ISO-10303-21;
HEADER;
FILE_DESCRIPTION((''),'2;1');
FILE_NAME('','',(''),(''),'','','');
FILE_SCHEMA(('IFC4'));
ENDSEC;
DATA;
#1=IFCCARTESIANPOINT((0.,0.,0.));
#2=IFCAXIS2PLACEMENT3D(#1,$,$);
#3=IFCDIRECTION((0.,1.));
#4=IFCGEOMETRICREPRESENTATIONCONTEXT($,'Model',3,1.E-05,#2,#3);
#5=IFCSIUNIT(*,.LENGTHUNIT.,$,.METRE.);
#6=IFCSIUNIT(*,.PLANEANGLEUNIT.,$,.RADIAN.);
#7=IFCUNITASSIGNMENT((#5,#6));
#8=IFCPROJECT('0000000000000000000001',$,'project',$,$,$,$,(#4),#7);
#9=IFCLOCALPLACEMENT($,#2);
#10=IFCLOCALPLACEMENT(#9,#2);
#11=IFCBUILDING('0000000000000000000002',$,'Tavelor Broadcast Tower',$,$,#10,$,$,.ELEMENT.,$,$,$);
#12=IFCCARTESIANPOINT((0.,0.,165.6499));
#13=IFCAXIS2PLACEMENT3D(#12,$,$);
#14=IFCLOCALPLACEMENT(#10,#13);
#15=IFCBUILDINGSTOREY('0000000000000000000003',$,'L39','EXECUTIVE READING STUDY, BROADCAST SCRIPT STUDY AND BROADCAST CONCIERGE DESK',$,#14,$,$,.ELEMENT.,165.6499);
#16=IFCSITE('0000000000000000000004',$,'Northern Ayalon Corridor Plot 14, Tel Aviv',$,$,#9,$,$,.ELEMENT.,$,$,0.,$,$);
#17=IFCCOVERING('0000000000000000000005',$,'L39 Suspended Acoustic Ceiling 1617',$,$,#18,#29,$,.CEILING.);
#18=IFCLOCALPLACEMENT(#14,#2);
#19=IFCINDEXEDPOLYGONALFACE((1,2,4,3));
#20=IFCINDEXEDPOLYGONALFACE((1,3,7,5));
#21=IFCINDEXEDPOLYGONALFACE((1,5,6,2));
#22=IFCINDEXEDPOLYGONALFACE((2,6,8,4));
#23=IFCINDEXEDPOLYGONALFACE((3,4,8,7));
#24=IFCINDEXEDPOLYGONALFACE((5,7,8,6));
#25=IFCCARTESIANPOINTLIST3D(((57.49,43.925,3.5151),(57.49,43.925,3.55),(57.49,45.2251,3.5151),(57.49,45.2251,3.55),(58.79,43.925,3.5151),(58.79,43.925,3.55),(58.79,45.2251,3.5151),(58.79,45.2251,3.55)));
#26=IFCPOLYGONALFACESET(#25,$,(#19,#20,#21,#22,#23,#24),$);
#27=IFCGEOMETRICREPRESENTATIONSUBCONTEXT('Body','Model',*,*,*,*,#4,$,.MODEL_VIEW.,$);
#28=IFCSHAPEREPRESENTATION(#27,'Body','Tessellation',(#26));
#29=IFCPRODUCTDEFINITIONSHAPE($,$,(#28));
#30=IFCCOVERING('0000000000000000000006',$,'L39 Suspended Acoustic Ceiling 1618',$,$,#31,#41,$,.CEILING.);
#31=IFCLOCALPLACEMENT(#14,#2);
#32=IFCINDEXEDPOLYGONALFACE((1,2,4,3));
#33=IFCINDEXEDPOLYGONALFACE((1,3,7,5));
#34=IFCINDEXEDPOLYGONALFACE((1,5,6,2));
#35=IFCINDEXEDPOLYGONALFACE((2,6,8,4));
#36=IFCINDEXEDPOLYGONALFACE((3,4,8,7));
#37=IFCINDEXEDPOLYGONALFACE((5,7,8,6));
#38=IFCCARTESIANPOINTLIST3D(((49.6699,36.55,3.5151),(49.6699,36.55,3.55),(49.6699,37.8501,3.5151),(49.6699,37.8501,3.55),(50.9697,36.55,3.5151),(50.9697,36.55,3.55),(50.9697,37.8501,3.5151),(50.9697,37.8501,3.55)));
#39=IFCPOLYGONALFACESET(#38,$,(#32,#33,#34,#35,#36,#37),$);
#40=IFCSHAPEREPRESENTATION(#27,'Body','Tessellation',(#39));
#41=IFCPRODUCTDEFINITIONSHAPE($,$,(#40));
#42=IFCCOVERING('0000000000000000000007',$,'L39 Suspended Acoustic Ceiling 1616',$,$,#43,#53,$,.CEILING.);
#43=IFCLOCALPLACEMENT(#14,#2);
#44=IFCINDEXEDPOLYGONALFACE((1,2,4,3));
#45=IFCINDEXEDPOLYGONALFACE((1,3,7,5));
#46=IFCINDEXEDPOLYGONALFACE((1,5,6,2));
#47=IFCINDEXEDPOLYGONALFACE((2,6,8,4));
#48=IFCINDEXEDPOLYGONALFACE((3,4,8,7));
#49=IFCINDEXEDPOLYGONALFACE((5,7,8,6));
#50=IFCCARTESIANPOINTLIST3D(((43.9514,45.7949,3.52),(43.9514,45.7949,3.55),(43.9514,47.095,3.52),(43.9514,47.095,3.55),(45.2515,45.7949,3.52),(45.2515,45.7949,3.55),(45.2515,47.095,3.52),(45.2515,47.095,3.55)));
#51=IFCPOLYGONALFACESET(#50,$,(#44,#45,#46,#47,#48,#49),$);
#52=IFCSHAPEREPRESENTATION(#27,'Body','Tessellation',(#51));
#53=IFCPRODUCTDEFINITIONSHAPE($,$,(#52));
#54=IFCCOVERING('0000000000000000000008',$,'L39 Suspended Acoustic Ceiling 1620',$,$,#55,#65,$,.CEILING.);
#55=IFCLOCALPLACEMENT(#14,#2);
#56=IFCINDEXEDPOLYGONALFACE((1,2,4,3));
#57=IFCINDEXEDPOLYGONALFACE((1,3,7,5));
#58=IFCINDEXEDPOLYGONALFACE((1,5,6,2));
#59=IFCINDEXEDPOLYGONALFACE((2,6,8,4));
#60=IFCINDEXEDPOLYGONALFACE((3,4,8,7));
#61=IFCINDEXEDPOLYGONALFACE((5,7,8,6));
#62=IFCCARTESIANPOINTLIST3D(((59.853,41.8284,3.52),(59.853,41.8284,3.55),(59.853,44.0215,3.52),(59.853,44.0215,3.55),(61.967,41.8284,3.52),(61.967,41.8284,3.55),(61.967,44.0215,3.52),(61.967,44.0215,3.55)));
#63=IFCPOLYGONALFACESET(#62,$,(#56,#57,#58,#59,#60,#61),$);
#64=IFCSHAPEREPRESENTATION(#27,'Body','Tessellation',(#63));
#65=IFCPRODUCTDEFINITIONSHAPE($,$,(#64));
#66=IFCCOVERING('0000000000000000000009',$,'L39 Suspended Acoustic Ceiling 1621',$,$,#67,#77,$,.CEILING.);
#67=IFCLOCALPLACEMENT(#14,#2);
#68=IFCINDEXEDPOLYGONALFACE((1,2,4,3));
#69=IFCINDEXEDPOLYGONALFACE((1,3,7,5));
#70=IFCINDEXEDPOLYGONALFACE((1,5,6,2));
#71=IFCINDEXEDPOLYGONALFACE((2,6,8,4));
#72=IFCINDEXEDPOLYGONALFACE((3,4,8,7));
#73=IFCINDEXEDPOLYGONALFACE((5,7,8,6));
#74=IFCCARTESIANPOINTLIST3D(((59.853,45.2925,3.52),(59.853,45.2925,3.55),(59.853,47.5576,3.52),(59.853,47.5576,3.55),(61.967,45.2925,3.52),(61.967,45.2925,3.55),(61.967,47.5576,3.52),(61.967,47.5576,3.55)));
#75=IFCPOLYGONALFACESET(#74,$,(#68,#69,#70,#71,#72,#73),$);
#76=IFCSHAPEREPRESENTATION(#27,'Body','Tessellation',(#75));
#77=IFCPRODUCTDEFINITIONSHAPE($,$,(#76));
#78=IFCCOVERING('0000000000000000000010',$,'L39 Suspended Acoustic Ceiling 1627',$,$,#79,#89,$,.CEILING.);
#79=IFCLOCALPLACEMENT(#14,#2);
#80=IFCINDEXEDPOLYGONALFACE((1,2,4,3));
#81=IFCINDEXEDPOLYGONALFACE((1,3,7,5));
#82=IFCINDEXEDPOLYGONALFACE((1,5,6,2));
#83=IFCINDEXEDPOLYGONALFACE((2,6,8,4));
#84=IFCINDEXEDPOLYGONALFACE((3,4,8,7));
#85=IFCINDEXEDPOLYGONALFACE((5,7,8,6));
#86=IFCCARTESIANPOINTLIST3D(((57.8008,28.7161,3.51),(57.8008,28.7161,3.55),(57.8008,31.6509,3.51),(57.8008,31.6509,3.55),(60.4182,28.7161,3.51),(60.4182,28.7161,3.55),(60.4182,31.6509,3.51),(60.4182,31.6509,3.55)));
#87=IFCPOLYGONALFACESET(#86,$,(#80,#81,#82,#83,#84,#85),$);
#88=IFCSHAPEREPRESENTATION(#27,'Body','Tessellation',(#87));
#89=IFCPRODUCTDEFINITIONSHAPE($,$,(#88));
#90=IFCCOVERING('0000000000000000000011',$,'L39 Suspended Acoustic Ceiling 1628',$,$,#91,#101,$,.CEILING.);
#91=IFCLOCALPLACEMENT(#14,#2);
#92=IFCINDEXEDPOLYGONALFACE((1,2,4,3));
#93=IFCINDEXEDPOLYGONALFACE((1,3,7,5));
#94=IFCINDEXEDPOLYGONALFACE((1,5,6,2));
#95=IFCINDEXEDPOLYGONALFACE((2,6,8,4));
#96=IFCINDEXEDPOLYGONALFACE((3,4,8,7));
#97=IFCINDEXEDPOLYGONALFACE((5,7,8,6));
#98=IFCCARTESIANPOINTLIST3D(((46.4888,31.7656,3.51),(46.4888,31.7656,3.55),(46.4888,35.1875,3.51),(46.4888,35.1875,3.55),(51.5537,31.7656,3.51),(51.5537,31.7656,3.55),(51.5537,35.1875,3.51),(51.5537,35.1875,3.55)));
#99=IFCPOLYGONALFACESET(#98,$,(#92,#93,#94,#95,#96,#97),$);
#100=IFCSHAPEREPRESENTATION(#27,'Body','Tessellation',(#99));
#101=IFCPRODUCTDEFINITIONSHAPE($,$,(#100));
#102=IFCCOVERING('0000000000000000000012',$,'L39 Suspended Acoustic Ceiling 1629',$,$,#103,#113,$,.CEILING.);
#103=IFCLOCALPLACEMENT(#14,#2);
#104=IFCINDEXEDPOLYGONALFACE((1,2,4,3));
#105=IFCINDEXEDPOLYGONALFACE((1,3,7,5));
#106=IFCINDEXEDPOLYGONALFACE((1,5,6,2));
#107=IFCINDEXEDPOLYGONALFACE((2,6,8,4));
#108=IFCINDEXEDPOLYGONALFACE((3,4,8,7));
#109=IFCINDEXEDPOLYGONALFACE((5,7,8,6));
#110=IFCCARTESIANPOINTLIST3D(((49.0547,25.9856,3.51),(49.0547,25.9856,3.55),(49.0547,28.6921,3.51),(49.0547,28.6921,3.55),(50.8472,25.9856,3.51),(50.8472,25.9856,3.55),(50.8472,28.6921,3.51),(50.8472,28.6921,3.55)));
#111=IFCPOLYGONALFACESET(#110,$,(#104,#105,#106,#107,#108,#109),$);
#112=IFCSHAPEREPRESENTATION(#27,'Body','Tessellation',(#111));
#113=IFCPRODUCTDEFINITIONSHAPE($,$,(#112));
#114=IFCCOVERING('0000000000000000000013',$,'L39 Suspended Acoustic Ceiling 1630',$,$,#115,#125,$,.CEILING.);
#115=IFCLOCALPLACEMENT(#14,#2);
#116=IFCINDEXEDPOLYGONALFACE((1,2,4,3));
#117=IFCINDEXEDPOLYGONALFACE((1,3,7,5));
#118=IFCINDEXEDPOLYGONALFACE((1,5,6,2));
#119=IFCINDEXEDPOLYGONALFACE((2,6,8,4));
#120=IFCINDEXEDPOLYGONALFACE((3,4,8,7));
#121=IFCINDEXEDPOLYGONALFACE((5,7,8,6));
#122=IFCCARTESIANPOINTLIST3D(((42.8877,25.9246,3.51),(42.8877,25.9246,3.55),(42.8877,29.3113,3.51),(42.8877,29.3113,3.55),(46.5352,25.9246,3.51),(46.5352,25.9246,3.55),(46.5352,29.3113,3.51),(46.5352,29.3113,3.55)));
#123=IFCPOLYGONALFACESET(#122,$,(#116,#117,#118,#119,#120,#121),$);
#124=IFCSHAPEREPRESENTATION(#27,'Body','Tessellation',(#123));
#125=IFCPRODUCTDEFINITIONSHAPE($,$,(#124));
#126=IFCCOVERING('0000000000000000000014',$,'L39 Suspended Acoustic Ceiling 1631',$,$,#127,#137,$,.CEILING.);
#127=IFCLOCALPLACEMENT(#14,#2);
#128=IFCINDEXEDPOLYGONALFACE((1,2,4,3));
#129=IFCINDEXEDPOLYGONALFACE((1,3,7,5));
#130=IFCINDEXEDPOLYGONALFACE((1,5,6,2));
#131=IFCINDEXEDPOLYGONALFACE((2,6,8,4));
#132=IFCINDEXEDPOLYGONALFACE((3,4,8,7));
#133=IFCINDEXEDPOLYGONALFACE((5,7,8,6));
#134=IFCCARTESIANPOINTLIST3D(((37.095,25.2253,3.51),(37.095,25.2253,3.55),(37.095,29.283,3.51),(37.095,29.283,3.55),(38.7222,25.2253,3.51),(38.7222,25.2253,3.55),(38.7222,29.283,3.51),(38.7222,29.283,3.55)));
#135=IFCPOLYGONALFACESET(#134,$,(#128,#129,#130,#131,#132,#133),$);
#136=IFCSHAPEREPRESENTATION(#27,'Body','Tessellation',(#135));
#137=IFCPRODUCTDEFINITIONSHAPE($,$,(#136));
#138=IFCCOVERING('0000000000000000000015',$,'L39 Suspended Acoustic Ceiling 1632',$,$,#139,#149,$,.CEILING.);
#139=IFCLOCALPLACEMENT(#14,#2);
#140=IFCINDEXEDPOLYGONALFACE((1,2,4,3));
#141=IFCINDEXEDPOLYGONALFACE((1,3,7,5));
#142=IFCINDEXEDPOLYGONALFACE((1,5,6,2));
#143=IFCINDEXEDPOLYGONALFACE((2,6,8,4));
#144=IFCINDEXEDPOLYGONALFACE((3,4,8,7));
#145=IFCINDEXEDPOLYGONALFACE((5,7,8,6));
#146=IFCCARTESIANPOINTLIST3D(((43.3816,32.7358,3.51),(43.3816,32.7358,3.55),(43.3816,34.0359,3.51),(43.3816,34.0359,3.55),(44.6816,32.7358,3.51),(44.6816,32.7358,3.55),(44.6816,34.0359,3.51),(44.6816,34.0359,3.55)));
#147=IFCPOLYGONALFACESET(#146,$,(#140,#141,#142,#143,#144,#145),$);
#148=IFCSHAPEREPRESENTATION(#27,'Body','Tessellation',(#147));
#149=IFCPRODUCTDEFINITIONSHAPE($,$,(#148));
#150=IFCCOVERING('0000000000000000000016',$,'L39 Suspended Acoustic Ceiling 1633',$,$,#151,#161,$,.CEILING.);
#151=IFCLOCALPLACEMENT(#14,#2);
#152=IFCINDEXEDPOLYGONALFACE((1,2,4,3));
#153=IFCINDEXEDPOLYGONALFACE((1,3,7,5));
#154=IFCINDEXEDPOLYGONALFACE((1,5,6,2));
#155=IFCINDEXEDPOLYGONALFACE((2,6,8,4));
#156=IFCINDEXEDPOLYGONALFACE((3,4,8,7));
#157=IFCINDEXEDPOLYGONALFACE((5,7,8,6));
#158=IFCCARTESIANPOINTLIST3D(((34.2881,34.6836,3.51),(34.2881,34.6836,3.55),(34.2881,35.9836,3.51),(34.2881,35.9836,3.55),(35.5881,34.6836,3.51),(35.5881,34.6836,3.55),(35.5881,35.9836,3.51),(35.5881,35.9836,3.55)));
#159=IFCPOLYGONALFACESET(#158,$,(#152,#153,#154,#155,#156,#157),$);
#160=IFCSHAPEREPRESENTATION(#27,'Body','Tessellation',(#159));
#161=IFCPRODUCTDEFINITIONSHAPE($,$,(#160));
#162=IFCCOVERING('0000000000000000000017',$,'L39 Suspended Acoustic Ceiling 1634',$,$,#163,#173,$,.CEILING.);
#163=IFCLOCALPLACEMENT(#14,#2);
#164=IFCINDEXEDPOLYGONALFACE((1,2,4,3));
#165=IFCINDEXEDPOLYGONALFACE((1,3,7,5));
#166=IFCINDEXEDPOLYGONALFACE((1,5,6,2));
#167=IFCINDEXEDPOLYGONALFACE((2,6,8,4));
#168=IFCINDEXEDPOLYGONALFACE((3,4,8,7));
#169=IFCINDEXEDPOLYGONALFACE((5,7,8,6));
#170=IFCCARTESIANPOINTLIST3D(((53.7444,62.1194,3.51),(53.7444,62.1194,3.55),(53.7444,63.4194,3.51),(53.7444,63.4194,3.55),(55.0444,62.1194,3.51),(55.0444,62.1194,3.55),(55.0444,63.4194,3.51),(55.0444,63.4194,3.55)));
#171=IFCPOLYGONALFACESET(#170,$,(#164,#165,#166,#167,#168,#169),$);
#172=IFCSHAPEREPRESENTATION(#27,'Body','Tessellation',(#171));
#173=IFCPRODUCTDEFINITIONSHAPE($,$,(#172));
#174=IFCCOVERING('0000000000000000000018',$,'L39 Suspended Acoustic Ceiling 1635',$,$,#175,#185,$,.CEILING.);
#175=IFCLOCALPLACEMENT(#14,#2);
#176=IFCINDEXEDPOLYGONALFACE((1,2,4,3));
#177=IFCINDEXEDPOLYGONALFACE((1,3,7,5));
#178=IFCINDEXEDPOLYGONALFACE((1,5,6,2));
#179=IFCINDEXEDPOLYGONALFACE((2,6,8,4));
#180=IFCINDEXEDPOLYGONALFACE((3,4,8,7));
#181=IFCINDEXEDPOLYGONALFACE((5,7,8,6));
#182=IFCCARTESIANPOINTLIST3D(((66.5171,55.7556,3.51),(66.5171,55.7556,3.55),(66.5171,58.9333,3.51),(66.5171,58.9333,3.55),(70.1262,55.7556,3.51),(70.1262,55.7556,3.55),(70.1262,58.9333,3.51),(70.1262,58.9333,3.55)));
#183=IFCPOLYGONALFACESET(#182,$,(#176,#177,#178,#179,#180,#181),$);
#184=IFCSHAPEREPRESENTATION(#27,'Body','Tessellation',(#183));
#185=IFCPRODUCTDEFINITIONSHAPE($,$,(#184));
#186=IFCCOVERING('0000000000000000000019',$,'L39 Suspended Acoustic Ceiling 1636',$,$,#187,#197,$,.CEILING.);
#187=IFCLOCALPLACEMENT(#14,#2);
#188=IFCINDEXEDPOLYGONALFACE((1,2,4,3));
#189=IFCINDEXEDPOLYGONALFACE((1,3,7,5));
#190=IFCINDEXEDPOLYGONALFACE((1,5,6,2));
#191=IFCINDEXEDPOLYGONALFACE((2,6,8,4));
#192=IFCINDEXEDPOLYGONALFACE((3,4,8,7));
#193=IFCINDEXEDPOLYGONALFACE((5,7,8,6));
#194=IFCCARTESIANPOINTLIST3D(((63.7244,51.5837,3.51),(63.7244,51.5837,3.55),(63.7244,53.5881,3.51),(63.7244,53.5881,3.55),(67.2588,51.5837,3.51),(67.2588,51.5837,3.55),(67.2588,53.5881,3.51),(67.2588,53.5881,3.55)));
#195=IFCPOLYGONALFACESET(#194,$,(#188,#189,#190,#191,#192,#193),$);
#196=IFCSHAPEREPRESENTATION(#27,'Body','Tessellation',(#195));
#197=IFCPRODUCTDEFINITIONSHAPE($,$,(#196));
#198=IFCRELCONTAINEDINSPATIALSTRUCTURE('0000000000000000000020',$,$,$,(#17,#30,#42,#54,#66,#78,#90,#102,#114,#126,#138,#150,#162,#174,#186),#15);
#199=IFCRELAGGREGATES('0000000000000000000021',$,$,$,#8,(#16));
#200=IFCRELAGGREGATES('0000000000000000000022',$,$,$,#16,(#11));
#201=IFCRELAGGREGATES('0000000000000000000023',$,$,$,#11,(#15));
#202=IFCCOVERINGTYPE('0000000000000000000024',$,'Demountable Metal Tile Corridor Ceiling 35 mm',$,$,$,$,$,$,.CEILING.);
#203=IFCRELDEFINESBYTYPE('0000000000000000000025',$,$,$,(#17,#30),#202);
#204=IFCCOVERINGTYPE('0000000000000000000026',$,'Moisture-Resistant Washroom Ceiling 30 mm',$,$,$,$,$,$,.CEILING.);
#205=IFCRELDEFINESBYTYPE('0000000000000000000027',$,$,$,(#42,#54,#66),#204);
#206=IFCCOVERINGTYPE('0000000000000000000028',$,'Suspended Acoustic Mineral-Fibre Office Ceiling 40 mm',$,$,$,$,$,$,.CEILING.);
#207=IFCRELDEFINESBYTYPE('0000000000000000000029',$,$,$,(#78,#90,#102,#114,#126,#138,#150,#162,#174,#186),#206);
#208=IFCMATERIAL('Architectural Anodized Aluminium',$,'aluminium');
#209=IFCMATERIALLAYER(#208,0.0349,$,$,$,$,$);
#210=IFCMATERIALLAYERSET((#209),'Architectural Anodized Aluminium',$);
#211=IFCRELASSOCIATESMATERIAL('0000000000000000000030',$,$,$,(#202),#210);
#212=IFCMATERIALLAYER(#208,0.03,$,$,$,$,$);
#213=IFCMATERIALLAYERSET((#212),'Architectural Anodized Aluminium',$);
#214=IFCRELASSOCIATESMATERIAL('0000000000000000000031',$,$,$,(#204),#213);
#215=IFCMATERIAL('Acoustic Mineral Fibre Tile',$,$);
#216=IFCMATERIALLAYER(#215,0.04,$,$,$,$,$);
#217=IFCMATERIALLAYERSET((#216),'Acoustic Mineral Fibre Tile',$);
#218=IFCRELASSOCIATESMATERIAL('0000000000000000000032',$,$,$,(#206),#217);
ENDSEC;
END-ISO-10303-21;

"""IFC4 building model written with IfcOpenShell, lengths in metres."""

from ifc_helpers import new_model, si_unit, direction, frame, origin, place, context, subcontext, project, spatial, polyline, outline, extrude, material, layer, layer_set, type_object, element, save


model = new_model("IFC4")

# Units and contexts
model_context = context("Model", 3, precision=1e-05, world=origin(), true_north=direction((0.0, 1.0)))
body_context = subcontext(model_context, "Body", "Model", "MODEL_VIEW")
ifc_project = project(units=[si_unit("LENGTHUNIT", "METRE"), si_unit("PLANEANGLEUNIT", "RADIAN")], contexts=[model_context])

# Site, building, storey
site_placement = place(None, origin())
site = spatial("IfcSite", under=ifc_project, at=site_placement, Name="Northern Ayalon Corridor Plot 14, Tel Aviv", CompositionType="ELEMENT", RefElevation=0.0)
building_placement = place(site_placement, origin())
building = spatial("IfcBuilding", under=site, at=building_placement, Name="Tavelor Broadcast Tower", CompositionType="ELEMENT")
storey_placement = place(building_placement, frame((0.0, 0.0, 165.6499)))
storey = spatial("IfcBuildingStorey", under=building, at=storey_placement, Name="L39", Description="EXECUTIVE READING STUDY, BROADCAST SCRIPT STUDY AND BROADCAST CONCIERGE DESK", CompositionType="ELEMENT", Elevation=165.6499)

# Coverings
ifc_material_1 = material(Name="Architectural Anodized Aluminium", Category="aluminium")
ifc_layer_1 = layer(ifc_material_1, 0.0349)
ifc_layer_set_1 = layer_set([ifc_layer_1], Name="Architectural Anodized Aluminium")
covering_type_1 = type_object("IfcCoveringType", Name="Demountable Metal Tile Corridor Ceiling 35 mm", PredefinedType="CEILING", material=ifc_layer_set_1)
covering_1_placement = place(storey_placement, frame((0.0, 0.0, 3.5151)))
element("IfcCovering", 1, at=covering_1_placement, inside=storey, type_object=covering_type_1, Name="L39 Suspended Acoustic Ceiling 1617", PredefinedType="CEILING", context=body_context, shape_type="SweptSolid", body=[
    extrude(outline(polyline([(57.49, 43.925), (58.79, 43.925), (58.79, 45.2251), (57.49, 45.2251), (57.49, 43.925)])), origin(), (0.0, 0.0, 1.0), 0.0349),
])
covering_2_placement = place(storey_placement, frame((0.0, 0.0, 3.5151)))
element("IfcCovering", 2, at=covering_2_placement, inside=storey, type_object=covering_type_1, Name="L39 Suspended Acoustic Ceiling 1618", PredefinedType="CEILING", context=body_context, shape_type="SweptSolid", body=[
    extrude(outline(polyline([(49.6699, 36.55), (50.9697, 36.55), (50.9697, 37.8501), (49.6699, 37.8501), (49.6699, 36.55)])), origin(), (0.0, 0.0, 1.0), 0.0349),
])
ifc_layer_2 = layer(ifc_material_1, 0.03)
ifc_layer_set_2 = layer_set([ifc_layer_2], Name="Architectural Anodized Aluminium")
covering_type_2 = type_object("IfcCoveringType", Name="Moisture-Resistant Washroom Ceiling 30 mm", PredefinedType="CEILING", material=ifc_layer_set_2)
covering_3_placement = place(storey_placement, frame((0.0, 0.0, 3.52)))
element("IfcCovering", 3, at=covering_3_placement, inside=storey, type_object=covering_type_2, Name="L39 Suspended Acoustic Ceiling 1616", PredefinedType="CEILING", context=body_context, shape_type="SweptSolid", body=[
    extrude(outline(polyline([(43.9514, 45.7949), (45.2515, 45.7949), (45.2515, 47.095), (43.9514, 47.095), (43.9514, 45.7949)])), origin(), (0.0, 0.0, 1.0), 0.03),
])
covering_4_placement = place(storey_placement, frame((0.0, 0.0, 3.52)))
element("IfcCovering", 4, at=covering_4_placement, inside=storey, type_object=covering_type_2, Name="L39 Suspended Acoustic Ceiling 1620", PredefinedType="CEILING", context=body_context, shape_type="SweptSolid", body=[
    extrude(outline(polyline([(59.853, 41.8284), (61.967, 41.8284), (61.967, 44.0215), (59.853, 44.0215), (59.853, 41.8284)])), origin(), (0.0, 0.0, 1.0), 0.03),
])
covering_5_placement = place(storey_placement, frame((0.0, 0.0, 3.52)))
element("IfcCovering", 5, at=covering_5_placement, inside=storey, type_object=covering_type_2, Name="L39 Suspended Acoustic Ceiling 1621", PredefinedType="CEILING", context=body_context, shape_type="SweptSolid", body=[
    extrude(outline(polyline([(59.853, 45.2925), (61.967, 45.2925), (61.967, 47.5576), (59.853, 47.5576), (59.853, 45.2925)])), origin(), (0.0, 0.0, 1.0), 0.03),
])
ifc_material_2 = material(Name="Acoustic Mineral Fibre Tile")
ifc_layer_3 = layer(ifc_material_2, 0.04)
ifc_layer_set_3 = layer_set([ifc_layer_3], Name="Acoustic Mineral Fibre Tile")
covering_type_3 = type_object("IfcCoveringType", Name="Suspended Acoustic Mineral-Fibre Office Ceiling 40 mm", PredefinedType="CEILING", material=ifc_layer_set_3)
covering_6_placement = place(storey_placement, frame((0.0, 0.0, 3.51)))
element("IfcCovering", 6, at=covering_6_placement, inside=storey, type_object=covering_type_3, Name="L39 Suspended Acoustic Ceiling 1627", PredefinedType="CEILING", context=body_context, shape_type="SweptSolid", body=[
    extrude(outline(polyline([(57.8008, 28.7161), (60.4182, 28.7161), (60.4182, 31.6509), (57.8008, 31.6509), (57.8008, 28.7161)])), origin(), (0.0, 0.0, 1.0), 0.04),
])
covering_7_placement = place(storey_placement, frame((0.0, 0.0, 3.51)))
element("IfcCovering", 7, at=covering_7_placement, inside=storey, type_object=covering_type_3, Name="L39 Suspended Acoustic Ceiling 1628", PredefinedType="CEILING", context=body_context, shape_type="SweptSolid", body=[
    extrude(outline(polyline([(46.4888, 31.7656), (51.5537, 31.7656), (51.5537, 35.1875), (46.4888, 35.1875), (46.4888, 31.7656)])), origin(), (0.0, 0.0, 1.0), 0.04),
])
covering_8_placement = place(storey_placement, frame((0.0, 0.0, 3.51)))
element("IfcCovering", 8, at=covering_8_placement, inside=storey, type_object=covering_type_3, Name="L39 Suspended Acoustic Ceiling 1629", PredefinedType="CEILING", context=body_context, shape_type="SweptSolid", body=[
    extrude(outline(polyline([(49.0547, 25.9856), (50.8472, 25.9856), (50.8472, 28.6921), (49.0547, 28.6921), (49.0547, 25.9856)])), origin(), (0.0, 0.0, 1.0), 0.04),
])
covering_9_placement = place(storey_placement, frame((0.0, 0.0, 3.51)))
element("IfcCovering", 9, at=covering_9_placement, inside=storey, type_object=covering_type_3, Name="L39 Suspended Acoustic Ceiling 1630", PredefinedType="CEILING", context=body_context, shape_type="SweptSolid", body=[
    extrude(outline(polyline([(42.8877, 25.9246), (46.5352, 25.9246), (46.5352, 29.3113), (42.8877, 29.3113), (42.8877, 25.9246)])), origin(), (0.0, 0.0, 1.0), 0.04),
])
covering_10_placement = place(storey_placement, frame((0.0, 0.0, 3.51)))
element("IfcCovering", 10, at=covering_10_placement, inside=storey, type_object=covering_type_3, Name="L39 Suspended Acoustic Ceiling 1631", PredefinedType="CEILING", context=body_context, shape_type="SweptSolid", body=[
    extrude(outline(polyline([(37.095, 25.2253), (38.7222, 25.2253), (38.7222, 29.283), (37.095, 29.283), (37.095, 25.2253)])), origin(), (0.0, 0.0, 1.0), 0.04),
])
covering_11_placement = place(storey_placement, frame((0.0, 0.0, 3.51)))
element("IfcCovering", 11, at=covering_11_placement, inside=storey, type_object=covering_type_3, Name="L39 Suspended Acoustic Ceiling 1632", PredefinedType="CEILING", context=body_context, shape_type="SweptSolid", body=[
    extrude(outline(polyline([(43.3816, 32.7358), (44.6816, 32.7358), (44.6816, 34.0359), (43.3816, 34.0359), (43.3816, 32.7358)])), origin(), (0.0, 0.0, 1.0), 0.04),
])
covering_12_placement = place(storey_placement, frame((0.0, 0.0, 3.51)))
element("IfcCovering", 12, at=covering_12_placement, inside=storey, type_object=covering_type_3, Name="L39 Suspended Acoustic Ceiling 1633", PredefinedType="CEILING", context=body_context, shape_type="SweptSolid", body=[
    extrude(outline(polyline([(34.2881, 34.6836), (35.5881, 34.6836), (35.5881, 35.9836), (34.2881, 35.9836), (34.2881, 34.6836)])), origin(), (0.0, 0.0, 1.0), 0.04),
])
covering_13_placement = place(storey_placement, frame((0.0, 0.0, 3.51)))
element("IfcCovering", 13, at=covering_13_placement, inside=storey, type_object=covering_type_3, Name="L39 Suspended Acoustic Ceiling 1634", PredefinedType="CEILING", context=body_context, shape_type="SweptSolid", body=[
    extrude(outline(polyline([(53.7444, 62.1194), (55.0444, 62.1194), (55.0444, 63.4194), (53.7444, 63.4194), (53.7444, 62.1194)])), origin(), (0.0, 0.0, 1.0), 0.04),
])
covering_14_placement = place(storey_placement, frame((0.0, 0.0, 3.51)))
element("IfcCovering", 14, at=covering_14_placement, inside=storey, type_object=covering_type_3, Name="L39 Suspended Acoustic Ceiling 1635", PredefinedType="CEILING", context=body_context, shape_type="SweptSolid", body=[
    extrude(outline(polyline([(66.5171, 55.7556), (70.1262, 55.7556), (70.1262, 58.9333), (66.5171, 58.9333), (66.5171, 55.7556)])), origin(), (0.0, 0.0, 1.0), 0.04),
])
covering_15_placement = place(storey_placement, frame((0.0, 0.0, 3.51)))
element("IfcCovering", 15, at=covering_15_placement, inside=storey, type_object=covering_type_3, Name="L39 Suspended Acoustic Ceiling 1636", PredefinedType="CEILING", context=body_context, shape_type="SweptSolid", body=[
    extrude(outline(polyline([(63.7244, 51.5837), (67.2588, 51.5837), (67.2588, 53.5881), (63.7244, 53.5881), (63.7244, 51.5837)])), origin(), (0.0, 0.0, 1.0), 0.04),
])

save(model, "model.ifc")
